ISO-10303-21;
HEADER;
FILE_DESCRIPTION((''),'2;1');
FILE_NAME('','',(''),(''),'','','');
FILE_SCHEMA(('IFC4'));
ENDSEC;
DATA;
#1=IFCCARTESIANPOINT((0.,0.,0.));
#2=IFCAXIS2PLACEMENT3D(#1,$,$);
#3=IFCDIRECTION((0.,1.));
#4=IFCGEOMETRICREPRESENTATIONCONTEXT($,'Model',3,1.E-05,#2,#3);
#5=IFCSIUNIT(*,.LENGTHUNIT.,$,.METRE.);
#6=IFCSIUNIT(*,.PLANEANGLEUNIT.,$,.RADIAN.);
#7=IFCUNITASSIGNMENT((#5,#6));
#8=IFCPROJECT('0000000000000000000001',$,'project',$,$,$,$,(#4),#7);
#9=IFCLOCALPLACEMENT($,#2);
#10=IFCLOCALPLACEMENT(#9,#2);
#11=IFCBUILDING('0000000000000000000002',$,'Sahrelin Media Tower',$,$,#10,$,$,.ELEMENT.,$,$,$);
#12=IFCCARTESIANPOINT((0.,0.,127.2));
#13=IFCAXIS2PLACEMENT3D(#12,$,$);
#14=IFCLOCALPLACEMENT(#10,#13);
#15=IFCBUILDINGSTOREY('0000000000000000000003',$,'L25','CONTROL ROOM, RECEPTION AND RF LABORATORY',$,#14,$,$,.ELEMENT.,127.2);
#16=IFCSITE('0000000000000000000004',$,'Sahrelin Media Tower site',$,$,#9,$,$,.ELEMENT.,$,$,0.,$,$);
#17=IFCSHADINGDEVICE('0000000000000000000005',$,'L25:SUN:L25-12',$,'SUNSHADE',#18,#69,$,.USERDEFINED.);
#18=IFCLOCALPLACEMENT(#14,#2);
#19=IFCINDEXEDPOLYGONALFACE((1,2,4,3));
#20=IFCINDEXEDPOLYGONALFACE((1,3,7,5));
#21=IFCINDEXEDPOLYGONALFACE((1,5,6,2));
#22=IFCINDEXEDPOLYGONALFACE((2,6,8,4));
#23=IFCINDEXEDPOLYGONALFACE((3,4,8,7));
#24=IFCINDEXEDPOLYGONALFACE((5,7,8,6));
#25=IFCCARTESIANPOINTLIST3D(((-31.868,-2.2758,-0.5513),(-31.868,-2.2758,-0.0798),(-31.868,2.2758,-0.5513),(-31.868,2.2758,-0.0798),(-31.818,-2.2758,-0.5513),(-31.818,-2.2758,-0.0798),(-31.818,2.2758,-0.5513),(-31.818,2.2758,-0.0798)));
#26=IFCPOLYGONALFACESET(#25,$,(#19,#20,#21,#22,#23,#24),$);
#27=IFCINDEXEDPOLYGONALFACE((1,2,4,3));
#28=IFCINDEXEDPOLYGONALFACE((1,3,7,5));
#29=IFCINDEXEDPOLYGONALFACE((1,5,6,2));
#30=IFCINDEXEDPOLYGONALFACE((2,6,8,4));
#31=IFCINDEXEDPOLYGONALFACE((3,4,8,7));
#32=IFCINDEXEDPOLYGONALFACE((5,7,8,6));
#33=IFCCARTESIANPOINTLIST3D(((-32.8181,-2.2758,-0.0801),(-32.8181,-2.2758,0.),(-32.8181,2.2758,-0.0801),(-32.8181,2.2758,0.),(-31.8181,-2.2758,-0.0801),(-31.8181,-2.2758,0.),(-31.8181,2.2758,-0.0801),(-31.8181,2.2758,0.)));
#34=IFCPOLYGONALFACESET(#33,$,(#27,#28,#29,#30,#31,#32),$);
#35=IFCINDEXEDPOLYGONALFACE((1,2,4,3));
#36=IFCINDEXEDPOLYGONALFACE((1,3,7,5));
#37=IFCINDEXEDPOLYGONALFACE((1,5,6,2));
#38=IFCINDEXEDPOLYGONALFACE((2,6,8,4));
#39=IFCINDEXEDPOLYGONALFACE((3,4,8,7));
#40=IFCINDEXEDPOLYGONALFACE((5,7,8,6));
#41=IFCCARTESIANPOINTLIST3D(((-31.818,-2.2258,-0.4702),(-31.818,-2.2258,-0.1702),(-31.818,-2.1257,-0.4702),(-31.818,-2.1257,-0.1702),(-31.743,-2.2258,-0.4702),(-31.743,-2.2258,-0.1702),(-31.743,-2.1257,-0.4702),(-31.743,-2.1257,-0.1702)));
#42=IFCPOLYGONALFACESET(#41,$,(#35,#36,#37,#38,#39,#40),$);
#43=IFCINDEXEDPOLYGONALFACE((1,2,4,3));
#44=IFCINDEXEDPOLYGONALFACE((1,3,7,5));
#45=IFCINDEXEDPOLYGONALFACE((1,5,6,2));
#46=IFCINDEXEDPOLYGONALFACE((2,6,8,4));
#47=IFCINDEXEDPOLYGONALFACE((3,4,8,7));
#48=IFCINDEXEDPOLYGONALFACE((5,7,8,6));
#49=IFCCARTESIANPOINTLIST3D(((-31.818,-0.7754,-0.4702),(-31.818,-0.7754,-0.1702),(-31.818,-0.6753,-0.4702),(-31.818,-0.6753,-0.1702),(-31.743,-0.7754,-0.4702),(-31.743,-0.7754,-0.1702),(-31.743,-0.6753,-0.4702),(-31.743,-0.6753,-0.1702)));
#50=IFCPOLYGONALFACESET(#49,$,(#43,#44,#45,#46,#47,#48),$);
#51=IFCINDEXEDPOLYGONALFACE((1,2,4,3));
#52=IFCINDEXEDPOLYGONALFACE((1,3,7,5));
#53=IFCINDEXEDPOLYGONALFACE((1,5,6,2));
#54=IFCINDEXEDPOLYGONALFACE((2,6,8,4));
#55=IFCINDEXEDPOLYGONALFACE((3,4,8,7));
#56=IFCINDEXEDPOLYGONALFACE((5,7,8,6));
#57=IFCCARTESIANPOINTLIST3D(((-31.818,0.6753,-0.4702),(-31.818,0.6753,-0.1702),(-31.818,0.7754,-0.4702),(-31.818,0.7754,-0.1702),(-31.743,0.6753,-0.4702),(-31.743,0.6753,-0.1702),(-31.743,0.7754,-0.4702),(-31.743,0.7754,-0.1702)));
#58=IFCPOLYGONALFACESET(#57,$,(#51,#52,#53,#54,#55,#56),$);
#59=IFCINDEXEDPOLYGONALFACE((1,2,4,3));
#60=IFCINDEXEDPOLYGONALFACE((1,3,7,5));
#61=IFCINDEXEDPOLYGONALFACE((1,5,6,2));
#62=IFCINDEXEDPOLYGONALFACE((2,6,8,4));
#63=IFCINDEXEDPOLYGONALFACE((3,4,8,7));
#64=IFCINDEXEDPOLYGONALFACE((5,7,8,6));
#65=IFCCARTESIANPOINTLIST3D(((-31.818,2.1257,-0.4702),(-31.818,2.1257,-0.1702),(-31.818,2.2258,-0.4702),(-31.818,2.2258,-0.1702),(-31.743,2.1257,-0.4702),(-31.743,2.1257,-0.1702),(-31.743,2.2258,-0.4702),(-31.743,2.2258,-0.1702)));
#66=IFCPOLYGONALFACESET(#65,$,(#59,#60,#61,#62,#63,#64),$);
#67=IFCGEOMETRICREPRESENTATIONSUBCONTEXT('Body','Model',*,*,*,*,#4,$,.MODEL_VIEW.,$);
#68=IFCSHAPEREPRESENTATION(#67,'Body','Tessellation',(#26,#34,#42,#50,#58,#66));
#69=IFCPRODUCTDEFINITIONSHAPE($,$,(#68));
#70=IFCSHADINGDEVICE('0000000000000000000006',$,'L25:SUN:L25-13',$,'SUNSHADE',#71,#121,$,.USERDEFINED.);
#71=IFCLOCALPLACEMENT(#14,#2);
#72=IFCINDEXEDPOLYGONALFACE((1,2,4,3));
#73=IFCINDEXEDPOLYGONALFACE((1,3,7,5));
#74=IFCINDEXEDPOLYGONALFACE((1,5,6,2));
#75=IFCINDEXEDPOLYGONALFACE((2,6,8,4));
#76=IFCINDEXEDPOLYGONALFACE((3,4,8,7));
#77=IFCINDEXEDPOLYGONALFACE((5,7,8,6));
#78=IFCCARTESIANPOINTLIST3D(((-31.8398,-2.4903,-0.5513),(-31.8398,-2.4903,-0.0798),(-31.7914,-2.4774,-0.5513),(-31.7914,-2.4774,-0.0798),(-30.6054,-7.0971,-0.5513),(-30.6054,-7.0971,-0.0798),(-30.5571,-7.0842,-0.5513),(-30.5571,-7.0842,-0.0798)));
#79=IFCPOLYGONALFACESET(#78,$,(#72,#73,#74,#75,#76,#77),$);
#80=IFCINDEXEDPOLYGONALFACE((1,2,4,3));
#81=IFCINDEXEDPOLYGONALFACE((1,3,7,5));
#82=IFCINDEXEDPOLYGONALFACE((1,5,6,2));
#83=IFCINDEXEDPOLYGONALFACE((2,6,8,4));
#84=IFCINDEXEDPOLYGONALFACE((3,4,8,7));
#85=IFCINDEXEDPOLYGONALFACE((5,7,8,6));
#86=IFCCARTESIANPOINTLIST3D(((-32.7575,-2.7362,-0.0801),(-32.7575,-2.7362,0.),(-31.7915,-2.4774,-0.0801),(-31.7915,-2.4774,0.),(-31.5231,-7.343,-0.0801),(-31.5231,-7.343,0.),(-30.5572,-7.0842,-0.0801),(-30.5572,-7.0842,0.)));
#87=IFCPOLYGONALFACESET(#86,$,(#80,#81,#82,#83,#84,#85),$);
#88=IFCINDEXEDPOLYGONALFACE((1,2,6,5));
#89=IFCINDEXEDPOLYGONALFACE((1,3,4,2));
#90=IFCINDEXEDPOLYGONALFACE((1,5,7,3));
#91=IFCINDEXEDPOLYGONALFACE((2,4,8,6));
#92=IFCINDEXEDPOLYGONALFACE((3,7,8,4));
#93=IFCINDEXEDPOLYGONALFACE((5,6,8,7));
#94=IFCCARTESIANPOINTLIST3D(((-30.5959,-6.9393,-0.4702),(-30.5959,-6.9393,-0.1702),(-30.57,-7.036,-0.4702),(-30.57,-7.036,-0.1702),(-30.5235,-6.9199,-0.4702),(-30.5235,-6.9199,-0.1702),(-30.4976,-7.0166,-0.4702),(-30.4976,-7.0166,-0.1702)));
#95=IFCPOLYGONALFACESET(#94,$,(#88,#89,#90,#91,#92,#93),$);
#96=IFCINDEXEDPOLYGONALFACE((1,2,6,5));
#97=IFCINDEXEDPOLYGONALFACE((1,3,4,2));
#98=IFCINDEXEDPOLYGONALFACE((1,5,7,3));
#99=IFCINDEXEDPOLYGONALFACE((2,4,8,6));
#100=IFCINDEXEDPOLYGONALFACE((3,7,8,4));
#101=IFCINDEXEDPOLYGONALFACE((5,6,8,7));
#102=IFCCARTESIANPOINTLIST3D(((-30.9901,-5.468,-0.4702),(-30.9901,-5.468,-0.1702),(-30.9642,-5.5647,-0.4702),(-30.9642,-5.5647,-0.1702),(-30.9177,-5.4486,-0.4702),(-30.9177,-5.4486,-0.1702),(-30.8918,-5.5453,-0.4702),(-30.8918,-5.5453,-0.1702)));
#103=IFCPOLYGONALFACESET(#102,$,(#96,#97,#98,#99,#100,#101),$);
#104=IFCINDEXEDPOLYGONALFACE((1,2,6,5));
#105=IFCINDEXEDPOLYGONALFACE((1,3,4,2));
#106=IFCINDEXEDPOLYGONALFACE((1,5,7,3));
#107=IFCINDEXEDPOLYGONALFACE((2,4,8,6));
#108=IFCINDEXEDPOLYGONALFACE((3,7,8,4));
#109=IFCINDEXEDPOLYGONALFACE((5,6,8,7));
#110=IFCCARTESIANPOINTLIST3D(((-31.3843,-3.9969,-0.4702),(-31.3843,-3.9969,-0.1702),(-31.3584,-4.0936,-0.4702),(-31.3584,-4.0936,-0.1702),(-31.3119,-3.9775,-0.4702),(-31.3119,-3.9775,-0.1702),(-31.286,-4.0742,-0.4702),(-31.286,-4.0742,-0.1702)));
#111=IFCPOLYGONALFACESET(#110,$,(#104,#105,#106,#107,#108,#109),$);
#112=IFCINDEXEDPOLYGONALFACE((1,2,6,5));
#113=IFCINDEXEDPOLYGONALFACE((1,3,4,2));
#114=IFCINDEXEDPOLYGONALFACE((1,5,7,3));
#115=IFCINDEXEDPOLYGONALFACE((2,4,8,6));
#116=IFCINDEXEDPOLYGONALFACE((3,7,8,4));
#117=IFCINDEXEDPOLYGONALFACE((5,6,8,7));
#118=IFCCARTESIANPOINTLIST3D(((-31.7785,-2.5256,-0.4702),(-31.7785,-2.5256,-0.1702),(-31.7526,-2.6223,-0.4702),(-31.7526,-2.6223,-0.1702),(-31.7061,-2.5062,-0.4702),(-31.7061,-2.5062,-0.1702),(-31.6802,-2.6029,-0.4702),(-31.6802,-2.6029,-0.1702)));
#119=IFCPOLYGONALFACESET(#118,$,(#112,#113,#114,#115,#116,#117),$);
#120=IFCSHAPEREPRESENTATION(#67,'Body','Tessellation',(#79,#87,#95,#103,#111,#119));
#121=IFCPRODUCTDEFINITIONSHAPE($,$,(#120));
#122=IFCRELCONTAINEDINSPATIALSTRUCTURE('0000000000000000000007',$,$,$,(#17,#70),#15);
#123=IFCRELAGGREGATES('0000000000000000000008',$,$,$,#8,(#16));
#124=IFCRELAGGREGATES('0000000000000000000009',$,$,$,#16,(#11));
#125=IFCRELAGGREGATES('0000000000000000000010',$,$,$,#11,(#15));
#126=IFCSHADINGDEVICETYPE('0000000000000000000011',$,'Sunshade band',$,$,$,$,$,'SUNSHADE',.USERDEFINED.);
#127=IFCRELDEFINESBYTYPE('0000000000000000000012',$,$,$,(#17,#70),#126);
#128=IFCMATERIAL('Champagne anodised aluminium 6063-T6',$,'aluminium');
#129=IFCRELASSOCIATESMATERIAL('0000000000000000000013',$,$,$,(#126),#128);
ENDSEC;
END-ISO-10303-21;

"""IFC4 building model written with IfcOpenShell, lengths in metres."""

from ifc_helpers import new_model, si_unit, direction, frame, origin, origin_2d, place, context, subcontext, project, spatial, rectangle, extrude, material, type_object, element, save


model = new_model("IFC4")

# Units and contexts
model_context = context("Model", 3, precision=1e-05, world=origin(), true_north=direction((0.0, 1.0)))
body_context = subcontext(model_context, "Body", "Model", "MODEL_VIEW")
ifc_project = project(units=[si_unit("LENGTHUNIT", "METRE"), si_unit("PLANEANGLEUNIT", "RADIAN")], contexts=[model_context])

# Site, building, storey
site_placement = place(None, origin())
site = spatial("IfcSite", under=ifc_project, at=site_placement, Name="Sahrelin Media Tower site", CompositionType="ELEMENT", RefElevation=0.0)
building_placement = place(site_placement, origin())
building = spatial("IfcBuilding", under=site, at=building_placement, Name="Sahrelin Media Tower", CompositionType="ELEMENT")
storey_placement = place(building_placement, frame((0.0, 0.0, 127.2)))
storey = spatial("IfcBuildingStorey", under=building, at=storey_placement, Name="L25", Description="CONTROL ROOM, RECEPTION AND RF LABORATORY", CompositionType="ELEMENT", Elevation=127.2)

# Shared definitions
ifc_material_1 = material(Name="Champagne anodised aluminium 6063-T6", Category="aluminium")

# Shading devices
placement_1 = place(storey_placement, frame((-31.7981, 0.0, 0.0), z_axis=(0.0, 0.0, 1.0), x_axis=(0.0, 1.0, 0.0)))
placement_2 = place(storey_placement, frame((-31.155, -4.7756, 0.0), z_axis=(0.0, 0.0, 1.0), x_axis=(-0.258808, 0.965929, 0.0)))
shading_device_type_1 = type_object("IfcShadingDeviceType", Name="Sunshade band", ElementType="SUNSHADE", PredefinedType="USERDEFINED", material=ifc_material_1)
element("IfcShadingDevice", 1, at=placement_1, inside=storey, type_object=shading_device_type_1, Name="L25:SUN:L25-12", ObjectType="SUNSHADE", PredefinedType="USERDEFINED", context=body_context, shape_type="SweptSolid", body=[
    extrude(rectangle(XDim=4.5515, YDim=0.05, at=origin_2d()), frame((0.0, 0.0449, -0.5513)), (0.0, 0.0, 1.0), 0.4714),
    extrude(rectangle(XDim=4.5515, YDim=1.0, at=origin_2d()), frame((0.0, 0.52, -0.0801)), (0.0, 0.0, 1.0), 0.0801),
    extrude(rectangle(XDim=0.1001, YDim=0.075, at=origin_2d()), frame((-2.1758, -0.0176, -0.4702)), (0.0, 0.0, 1.0), 0.3),
    extrude(rectangle(XDim=0.1001, YDim=0.075, at=origin_2d()), frame((-0.7253, -0.0176, -0.4702)), (0.0, 0.0, 1.0), 0.3),
    extrude(rectangle(XDim=0.1001, YDim=0.075, at=origin_2d()), frame((0.7253, -0.0176, -0.4702)), (0.0, 0.0, 1.0), 0.3),
    extrude(rectangle(XDim=0.1001, YDim=0.075, at=origin_2d()), frame((2.1758, -0.0176, -0.4702)), (0.0, 0.0, 1.0), 0.3),
])
element("IfcShadingDevice", 2, at=placement_2, inside=storey, type_object=shading_device_type_1, Name="L25:SUN:L25-13", ObjectType="SUNSHADE", PredefinedType="USERDEFINED", context=body_context, shape_type="SweptSolid", body=[
    extrude(rectangle(XDim=4.7693, YDim=0.05, at=origin_2d()), frame((0.0, 0.0449, -0.5513)), (0.0, 0.0, 1.0), 0.4714),
    extrude(rectangle(XDim=4.7693, YDim=1.0, at=origin_2d()), frame((0.0, 0.52, -0.0801)), (0.0, 0.0, 1.0), 0.0801),
    extrude(rectangle(XDim=0.1001, YDim=0.075, at=origin_2d()), frame((-2.2847, -0.0176, -0.4702)), (0.0, 0.0, 1.0), 0.3),
    extrude(rectangle(XDim=0.1001, YDim=0.075, at=origin_2d()), frame((-0.7615, -0.0176, -0.4702)), (0.0, 0.0, 1.0), 0.3),
    extrude(rectangle(XDim=0.1001, YDim=0.075, at=origin_2d()), frame((0.7615, -0.0176, -0.4702)), (0.0, 0.0, 1.0), 0.3),
    extrude(rectangle(XDim=0.1001, YDim=0.075, at=origin_2d()), frame((2.2847, -0.0176, -0.4702)), (0.0, 0.0, 1.0), 0.3),
])

save(model, "model.ifc")
